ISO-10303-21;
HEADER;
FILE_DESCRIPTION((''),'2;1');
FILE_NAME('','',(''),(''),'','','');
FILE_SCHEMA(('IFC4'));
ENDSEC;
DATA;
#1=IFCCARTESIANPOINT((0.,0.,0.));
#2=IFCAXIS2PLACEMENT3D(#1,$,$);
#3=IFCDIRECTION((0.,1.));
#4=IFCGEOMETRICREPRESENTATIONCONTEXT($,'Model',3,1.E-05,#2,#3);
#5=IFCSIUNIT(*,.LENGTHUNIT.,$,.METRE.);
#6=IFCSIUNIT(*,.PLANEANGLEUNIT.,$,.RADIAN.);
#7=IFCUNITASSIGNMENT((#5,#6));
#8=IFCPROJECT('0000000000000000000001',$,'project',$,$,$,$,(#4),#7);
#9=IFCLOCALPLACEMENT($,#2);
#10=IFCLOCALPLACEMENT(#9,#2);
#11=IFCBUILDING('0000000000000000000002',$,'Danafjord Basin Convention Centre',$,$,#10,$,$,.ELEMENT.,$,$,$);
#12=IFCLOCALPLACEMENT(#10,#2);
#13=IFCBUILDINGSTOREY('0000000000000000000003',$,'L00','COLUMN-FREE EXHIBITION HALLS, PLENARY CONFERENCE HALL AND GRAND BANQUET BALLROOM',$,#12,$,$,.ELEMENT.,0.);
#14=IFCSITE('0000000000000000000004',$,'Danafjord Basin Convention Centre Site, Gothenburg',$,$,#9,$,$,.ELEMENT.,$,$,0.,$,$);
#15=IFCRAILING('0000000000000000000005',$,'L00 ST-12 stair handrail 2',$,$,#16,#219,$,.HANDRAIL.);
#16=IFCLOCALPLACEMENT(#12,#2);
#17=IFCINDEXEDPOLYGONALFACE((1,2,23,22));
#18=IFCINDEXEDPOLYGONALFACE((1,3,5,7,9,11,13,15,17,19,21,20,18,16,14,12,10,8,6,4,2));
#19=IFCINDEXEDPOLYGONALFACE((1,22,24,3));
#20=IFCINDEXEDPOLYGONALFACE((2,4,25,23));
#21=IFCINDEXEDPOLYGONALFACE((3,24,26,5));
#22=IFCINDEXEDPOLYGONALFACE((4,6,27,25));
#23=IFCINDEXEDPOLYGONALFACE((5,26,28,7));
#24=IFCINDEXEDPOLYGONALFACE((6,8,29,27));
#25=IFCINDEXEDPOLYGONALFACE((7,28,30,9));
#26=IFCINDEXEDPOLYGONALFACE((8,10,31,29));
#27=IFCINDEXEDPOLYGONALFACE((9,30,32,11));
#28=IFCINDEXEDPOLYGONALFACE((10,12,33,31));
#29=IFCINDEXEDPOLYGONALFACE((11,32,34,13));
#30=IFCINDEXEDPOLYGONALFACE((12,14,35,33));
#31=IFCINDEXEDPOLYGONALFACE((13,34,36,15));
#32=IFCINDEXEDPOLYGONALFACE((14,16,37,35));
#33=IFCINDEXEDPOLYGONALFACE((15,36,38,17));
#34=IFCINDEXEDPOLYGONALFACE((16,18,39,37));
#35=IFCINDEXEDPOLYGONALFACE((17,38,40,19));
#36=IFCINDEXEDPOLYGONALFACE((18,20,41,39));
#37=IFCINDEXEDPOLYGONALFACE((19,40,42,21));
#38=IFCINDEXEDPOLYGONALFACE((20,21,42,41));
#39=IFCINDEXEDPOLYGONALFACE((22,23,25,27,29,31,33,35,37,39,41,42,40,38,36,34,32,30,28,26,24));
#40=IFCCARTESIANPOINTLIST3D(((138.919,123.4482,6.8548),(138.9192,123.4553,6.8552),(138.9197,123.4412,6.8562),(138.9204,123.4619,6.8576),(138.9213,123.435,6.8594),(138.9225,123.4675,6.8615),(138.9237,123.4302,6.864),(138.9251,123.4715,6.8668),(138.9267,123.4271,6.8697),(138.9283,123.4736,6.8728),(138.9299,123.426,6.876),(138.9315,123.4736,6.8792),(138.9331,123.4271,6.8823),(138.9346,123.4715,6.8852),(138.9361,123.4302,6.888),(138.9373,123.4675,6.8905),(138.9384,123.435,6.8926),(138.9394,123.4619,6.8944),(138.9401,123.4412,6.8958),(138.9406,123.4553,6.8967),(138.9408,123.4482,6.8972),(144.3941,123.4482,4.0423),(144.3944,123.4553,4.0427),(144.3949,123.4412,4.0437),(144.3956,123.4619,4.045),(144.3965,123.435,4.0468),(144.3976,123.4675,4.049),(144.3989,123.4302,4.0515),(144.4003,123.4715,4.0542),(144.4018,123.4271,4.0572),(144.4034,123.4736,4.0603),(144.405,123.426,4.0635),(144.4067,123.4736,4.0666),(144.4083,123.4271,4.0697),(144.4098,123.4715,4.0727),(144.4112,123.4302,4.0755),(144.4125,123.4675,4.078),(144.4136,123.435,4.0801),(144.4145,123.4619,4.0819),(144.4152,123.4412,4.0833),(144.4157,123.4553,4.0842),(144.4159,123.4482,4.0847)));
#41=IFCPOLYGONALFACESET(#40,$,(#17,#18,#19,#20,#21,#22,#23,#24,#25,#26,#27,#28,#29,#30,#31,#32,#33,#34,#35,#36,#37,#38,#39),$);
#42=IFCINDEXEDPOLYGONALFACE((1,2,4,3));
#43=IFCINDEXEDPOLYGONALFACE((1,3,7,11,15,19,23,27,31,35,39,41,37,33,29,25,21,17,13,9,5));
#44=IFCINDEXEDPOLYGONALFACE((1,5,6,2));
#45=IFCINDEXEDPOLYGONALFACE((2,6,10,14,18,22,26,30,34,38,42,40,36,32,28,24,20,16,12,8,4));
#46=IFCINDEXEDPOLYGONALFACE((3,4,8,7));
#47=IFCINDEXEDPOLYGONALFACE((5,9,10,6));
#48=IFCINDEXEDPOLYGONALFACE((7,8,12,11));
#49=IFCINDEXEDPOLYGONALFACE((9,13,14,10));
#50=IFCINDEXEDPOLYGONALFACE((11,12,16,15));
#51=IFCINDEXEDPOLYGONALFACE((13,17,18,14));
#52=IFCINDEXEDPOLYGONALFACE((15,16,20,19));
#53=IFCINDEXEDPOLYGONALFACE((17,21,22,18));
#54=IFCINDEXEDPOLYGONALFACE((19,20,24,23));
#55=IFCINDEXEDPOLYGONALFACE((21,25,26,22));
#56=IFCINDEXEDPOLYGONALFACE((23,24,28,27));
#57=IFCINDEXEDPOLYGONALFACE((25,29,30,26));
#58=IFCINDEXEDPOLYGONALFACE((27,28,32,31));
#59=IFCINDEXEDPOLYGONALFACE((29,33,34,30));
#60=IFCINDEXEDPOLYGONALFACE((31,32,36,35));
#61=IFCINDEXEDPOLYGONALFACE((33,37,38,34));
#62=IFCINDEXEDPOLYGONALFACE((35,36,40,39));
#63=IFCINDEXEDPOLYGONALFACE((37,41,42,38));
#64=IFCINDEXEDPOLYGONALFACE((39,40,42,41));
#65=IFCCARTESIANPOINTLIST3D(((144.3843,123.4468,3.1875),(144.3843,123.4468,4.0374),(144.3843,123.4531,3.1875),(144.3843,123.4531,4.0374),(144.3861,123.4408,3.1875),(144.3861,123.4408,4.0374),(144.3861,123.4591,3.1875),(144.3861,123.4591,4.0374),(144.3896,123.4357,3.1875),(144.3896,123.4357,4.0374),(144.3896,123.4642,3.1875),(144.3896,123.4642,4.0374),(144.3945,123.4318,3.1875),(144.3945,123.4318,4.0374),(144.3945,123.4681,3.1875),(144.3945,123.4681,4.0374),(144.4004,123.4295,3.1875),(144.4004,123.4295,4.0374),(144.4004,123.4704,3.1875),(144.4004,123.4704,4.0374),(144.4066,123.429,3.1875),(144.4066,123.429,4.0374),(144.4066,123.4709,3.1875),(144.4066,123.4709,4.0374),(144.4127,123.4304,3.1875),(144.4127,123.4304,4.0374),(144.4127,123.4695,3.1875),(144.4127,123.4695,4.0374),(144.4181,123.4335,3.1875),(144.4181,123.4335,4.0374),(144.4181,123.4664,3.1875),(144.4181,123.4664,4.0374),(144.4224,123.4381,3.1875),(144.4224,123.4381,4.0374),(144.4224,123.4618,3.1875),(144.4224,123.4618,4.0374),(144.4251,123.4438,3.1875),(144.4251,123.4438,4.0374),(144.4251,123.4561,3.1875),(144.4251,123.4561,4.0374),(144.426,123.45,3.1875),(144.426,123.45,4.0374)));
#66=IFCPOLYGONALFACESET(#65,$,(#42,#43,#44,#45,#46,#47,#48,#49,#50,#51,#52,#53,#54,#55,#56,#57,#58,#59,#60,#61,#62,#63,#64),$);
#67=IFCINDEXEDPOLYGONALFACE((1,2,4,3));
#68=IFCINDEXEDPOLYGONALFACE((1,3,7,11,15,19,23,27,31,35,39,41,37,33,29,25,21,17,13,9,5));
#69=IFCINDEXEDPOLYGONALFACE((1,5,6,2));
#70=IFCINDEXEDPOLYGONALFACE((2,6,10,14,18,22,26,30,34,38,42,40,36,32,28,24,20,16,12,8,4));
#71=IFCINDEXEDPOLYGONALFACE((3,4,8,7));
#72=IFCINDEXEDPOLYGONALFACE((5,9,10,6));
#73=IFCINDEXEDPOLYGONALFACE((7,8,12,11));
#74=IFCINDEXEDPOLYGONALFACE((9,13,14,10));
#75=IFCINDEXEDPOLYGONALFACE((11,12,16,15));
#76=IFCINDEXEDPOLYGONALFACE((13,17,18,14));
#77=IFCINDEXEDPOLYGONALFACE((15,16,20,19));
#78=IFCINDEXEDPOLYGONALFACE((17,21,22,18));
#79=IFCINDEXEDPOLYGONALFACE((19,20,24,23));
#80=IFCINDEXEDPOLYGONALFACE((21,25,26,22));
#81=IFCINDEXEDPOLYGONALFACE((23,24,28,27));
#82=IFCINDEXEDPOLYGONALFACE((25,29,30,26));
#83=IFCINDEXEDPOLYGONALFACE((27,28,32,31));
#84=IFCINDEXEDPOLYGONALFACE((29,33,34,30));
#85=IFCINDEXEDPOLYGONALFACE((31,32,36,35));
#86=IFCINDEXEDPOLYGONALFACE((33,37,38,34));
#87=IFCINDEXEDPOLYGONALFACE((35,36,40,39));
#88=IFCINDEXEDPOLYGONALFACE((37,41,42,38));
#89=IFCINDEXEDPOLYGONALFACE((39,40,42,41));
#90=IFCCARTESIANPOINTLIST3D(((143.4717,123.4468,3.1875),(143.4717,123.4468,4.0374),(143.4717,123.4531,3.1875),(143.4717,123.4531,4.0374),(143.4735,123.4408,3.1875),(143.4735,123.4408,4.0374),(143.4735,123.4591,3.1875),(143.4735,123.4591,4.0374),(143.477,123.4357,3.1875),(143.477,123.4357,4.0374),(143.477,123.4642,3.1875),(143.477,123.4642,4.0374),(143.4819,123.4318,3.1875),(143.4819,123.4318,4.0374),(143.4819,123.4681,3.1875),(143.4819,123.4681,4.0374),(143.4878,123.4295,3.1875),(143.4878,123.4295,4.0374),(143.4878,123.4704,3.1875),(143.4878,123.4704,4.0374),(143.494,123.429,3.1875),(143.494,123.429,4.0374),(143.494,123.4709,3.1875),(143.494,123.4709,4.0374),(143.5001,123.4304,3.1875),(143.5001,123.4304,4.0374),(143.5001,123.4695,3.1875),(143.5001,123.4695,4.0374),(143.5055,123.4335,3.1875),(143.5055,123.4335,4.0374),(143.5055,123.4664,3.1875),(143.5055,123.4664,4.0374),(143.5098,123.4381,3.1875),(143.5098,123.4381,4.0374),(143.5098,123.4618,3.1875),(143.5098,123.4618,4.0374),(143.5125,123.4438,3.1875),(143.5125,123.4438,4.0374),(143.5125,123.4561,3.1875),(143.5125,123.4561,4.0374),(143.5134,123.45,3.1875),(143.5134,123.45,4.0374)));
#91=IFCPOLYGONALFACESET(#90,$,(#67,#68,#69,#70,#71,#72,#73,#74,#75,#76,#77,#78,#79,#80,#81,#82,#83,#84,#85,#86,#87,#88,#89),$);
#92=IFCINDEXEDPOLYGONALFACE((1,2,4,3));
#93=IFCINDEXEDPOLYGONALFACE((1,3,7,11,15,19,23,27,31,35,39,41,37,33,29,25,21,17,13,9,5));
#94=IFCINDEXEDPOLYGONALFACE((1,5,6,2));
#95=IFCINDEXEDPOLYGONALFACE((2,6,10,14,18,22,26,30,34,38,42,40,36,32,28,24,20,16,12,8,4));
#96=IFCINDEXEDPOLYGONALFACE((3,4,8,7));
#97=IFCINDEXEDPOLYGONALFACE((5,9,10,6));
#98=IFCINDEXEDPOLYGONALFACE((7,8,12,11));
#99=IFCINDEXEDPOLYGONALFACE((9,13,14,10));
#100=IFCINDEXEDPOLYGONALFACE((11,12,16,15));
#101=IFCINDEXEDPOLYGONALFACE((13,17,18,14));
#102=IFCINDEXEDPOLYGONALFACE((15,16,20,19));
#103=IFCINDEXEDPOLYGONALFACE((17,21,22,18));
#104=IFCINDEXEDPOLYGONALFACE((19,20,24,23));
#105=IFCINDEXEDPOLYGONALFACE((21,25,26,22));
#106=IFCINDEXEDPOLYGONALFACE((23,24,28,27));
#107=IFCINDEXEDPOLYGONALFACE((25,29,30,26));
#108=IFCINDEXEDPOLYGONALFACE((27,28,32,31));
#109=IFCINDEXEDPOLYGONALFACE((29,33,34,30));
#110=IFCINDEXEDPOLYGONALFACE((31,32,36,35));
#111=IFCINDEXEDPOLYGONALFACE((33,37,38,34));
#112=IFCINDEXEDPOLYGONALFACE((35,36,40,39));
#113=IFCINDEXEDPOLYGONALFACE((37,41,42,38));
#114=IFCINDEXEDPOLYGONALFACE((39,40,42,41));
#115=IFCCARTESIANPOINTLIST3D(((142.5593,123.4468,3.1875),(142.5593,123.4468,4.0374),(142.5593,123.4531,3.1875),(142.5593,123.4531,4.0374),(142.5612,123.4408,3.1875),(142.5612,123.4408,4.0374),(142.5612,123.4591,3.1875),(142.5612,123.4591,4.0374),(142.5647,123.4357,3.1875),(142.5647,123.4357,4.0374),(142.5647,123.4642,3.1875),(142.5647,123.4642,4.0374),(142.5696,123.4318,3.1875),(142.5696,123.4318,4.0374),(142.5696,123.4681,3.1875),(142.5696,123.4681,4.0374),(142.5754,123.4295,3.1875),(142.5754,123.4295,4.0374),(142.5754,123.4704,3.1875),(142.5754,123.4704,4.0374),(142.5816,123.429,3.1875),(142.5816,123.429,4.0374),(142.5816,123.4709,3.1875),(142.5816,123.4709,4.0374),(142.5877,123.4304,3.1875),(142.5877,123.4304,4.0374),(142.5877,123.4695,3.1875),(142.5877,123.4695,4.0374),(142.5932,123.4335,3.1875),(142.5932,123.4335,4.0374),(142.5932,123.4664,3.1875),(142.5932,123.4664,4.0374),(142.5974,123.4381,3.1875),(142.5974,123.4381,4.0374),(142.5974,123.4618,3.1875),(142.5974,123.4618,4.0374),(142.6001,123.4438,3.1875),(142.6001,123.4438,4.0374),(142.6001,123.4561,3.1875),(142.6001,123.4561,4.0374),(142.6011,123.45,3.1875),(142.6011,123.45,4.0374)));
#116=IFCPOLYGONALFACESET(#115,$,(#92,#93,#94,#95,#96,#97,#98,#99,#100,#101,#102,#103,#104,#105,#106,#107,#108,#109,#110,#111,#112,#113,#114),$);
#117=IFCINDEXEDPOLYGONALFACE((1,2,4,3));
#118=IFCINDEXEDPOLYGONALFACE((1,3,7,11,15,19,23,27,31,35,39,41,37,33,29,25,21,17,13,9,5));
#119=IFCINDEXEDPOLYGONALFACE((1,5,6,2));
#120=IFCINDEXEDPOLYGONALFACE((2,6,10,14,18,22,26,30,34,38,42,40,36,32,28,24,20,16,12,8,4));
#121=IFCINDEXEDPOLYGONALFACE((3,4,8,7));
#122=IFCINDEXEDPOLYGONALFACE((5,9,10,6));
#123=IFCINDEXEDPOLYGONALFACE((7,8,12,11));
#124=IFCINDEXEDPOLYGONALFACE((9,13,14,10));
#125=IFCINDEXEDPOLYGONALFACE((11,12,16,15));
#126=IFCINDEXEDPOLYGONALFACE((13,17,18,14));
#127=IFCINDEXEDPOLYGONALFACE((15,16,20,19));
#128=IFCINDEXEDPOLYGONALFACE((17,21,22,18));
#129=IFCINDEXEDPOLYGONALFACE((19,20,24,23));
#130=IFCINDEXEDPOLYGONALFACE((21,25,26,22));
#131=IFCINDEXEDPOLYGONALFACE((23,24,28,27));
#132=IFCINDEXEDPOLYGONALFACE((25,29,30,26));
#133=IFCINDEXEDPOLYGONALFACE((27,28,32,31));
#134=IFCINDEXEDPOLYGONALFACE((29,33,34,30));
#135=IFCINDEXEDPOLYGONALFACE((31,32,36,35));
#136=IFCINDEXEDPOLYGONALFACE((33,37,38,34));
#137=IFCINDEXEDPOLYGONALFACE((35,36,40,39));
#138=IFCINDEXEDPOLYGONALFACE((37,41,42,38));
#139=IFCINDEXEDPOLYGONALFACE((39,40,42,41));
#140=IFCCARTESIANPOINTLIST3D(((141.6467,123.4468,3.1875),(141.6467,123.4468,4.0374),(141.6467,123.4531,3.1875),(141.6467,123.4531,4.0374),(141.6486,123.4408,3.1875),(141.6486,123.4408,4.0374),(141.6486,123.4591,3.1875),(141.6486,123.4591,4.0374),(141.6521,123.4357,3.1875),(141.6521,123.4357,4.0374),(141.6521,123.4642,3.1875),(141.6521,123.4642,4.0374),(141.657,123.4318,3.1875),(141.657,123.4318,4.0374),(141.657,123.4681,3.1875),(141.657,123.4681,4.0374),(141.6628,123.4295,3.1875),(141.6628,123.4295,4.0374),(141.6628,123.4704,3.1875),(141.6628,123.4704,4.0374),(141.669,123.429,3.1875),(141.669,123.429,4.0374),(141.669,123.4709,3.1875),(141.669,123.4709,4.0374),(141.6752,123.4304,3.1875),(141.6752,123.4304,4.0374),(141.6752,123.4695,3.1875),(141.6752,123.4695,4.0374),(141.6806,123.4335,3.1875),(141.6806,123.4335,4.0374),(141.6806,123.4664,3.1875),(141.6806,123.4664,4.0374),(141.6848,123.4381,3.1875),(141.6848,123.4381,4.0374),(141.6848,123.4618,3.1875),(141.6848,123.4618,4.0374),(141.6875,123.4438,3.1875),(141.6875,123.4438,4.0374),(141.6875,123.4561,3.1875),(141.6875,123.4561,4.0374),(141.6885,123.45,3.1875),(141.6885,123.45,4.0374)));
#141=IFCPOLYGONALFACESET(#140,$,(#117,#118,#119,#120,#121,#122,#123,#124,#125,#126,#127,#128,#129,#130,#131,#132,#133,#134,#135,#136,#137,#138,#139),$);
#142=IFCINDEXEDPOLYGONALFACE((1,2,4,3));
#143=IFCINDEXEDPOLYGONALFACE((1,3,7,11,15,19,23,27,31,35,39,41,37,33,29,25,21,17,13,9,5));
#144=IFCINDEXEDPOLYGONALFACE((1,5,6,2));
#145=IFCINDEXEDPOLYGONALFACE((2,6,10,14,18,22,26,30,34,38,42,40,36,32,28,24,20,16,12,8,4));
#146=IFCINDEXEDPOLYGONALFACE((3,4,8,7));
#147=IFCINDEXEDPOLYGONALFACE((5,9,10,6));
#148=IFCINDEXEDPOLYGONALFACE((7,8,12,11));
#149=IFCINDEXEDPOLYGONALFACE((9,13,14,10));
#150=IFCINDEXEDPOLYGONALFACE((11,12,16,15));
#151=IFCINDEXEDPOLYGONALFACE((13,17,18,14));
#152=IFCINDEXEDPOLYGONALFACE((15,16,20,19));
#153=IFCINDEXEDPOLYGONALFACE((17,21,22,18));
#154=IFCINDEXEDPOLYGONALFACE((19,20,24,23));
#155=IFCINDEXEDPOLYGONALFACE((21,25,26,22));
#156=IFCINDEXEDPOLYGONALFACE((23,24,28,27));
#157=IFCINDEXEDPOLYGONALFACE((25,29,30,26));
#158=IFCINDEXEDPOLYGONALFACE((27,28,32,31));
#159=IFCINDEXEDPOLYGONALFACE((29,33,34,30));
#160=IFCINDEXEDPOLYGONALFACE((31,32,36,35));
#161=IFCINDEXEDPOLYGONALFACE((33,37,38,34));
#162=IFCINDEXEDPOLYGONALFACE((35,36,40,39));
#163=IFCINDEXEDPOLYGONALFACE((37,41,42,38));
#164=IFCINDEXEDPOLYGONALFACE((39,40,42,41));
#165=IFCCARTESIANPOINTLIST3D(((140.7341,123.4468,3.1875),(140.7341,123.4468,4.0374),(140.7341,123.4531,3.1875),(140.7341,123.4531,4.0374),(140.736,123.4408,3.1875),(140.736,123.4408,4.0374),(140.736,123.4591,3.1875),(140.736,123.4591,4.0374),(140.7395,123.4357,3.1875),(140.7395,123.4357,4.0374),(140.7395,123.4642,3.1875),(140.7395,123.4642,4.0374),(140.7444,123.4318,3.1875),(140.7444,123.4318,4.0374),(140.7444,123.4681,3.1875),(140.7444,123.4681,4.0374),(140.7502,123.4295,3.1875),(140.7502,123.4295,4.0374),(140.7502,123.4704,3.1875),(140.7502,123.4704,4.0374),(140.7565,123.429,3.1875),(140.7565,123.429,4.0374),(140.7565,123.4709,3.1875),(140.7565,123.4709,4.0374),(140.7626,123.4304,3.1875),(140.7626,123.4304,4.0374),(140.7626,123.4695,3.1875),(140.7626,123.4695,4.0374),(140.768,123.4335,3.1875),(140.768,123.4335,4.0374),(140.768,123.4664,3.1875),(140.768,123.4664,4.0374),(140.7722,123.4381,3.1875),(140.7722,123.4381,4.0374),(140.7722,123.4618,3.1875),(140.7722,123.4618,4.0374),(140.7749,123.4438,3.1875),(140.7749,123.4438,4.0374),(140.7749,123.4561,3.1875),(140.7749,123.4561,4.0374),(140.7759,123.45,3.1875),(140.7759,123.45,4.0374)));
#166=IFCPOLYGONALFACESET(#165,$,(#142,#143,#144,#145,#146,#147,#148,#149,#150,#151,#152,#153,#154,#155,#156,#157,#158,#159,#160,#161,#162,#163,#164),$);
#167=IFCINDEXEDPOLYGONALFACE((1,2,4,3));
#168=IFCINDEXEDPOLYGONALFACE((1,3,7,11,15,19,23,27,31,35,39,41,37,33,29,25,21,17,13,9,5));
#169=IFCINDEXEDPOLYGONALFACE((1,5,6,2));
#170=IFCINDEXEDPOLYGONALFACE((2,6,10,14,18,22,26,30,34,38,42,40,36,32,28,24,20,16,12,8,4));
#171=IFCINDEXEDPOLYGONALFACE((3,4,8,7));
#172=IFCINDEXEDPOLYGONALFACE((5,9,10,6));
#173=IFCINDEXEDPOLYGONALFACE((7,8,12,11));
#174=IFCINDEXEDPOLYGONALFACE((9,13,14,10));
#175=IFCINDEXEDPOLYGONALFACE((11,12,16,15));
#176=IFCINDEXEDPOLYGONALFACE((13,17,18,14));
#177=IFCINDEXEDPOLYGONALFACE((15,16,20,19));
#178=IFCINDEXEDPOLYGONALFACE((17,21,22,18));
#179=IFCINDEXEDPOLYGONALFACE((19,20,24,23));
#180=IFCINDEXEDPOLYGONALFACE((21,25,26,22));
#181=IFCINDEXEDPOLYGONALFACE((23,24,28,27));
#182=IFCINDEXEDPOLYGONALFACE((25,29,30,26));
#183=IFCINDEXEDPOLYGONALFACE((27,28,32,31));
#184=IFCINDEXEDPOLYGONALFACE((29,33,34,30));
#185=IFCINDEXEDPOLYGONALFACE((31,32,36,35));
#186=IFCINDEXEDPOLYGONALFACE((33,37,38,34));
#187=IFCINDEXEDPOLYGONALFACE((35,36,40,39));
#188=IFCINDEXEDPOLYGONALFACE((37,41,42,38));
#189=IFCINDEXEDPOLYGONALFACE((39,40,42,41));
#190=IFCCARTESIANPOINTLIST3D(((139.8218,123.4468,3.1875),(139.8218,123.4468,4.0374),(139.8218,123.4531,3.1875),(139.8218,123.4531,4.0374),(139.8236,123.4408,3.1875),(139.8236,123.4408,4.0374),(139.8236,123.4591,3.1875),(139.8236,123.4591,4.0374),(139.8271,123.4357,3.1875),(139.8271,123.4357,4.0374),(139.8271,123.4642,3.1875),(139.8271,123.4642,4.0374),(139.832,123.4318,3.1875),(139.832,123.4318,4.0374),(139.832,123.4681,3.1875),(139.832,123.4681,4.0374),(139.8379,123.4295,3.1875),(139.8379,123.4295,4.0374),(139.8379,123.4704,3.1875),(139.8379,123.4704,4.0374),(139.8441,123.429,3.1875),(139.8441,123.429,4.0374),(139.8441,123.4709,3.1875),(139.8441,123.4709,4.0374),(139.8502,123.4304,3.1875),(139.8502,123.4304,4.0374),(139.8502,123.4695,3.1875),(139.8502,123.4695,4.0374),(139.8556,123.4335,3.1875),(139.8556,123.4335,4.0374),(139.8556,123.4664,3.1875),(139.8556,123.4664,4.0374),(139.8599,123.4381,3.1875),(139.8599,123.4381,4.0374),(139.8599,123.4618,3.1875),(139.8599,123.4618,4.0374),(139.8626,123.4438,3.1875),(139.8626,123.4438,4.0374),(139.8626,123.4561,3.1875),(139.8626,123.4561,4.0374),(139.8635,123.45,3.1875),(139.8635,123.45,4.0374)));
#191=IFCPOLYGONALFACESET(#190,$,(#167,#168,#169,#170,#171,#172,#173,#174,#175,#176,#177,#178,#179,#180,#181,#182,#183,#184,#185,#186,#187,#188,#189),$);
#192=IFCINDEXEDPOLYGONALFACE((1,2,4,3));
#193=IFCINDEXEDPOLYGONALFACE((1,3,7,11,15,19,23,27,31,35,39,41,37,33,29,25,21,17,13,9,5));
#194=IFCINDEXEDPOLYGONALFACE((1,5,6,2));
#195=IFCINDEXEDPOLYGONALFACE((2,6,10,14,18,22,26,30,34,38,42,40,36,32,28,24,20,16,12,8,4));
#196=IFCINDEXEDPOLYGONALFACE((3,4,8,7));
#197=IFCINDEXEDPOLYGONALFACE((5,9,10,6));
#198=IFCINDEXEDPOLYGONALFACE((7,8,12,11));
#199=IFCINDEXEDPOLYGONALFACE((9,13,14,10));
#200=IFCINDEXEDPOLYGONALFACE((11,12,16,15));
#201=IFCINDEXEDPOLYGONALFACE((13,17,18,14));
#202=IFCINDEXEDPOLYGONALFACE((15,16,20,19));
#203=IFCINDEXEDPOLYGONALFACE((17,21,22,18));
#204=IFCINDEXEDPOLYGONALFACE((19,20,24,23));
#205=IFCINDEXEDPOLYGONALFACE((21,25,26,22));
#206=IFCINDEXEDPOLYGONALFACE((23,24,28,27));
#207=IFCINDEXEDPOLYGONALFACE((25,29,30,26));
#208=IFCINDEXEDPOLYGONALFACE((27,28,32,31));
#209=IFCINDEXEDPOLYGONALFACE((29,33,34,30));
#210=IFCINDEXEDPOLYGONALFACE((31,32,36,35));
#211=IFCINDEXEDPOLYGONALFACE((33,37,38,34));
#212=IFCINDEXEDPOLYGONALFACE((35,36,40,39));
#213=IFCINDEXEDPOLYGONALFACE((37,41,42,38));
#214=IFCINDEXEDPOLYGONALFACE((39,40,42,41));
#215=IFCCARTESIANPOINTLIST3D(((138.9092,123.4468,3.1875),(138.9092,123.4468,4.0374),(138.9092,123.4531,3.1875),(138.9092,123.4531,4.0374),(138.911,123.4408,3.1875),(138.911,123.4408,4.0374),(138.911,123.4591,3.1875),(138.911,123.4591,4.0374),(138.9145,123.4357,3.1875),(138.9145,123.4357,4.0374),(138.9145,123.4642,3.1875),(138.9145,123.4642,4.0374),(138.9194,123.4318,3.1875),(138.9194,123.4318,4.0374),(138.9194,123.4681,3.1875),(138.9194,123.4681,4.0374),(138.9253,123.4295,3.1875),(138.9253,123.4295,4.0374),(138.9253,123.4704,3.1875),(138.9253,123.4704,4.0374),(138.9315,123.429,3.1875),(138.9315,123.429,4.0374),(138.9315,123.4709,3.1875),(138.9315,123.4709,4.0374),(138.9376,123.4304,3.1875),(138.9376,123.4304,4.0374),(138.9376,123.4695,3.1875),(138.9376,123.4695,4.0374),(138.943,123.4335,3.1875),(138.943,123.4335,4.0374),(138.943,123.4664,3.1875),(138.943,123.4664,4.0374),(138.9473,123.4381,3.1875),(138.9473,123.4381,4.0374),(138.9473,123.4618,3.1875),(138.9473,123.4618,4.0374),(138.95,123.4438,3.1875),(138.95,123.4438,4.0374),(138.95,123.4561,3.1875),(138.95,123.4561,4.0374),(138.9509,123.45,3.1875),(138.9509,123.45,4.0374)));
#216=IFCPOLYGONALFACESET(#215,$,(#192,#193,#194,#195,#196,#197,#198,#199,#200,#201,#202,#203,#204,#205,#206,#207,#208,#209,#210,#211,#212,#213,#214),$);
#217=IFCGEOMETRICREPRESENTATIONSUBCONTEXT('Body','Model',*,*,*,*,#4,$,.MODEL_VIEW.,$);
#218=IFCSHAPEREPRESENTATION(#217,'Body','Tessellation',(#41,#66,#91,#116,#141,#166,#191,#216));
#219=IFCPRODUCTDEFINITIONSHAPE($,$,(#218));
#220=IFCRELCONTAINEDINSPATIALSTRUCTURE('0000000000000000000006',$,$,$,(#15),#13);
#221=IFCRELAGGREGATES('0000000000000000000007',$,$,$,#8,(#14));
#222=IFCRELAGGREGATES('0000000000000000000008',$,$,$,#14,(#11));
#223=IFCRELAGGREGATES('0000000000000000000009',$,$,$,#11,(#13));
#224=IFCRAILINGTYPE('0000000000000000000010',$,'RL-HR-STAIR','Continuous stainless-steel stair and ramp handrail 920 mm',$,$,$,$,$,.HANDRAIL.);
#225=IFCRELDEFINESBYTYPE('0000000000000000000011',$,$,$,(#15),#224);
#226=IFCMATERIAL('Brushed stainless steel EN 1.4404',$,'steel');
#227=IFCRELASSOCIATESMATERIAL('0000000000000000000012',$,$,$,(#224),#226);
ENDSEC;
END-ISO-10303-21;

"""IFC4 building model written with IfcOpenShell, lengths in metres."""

from ifc_helpers import new_model, si_unit, direction, frame, origin, origin_2d, place, context, subcontext, project, spatial, circle, extrude, material, type_object, element, save


model = new_model("IFC4")

# Units and contexts
model_context = context("Model", 3, precision=1e-05, world=origin(), true_north=direction((0.0, 1.0)))
body_context = subcontext(model_context, "Body", "Model", "MODEL_VIEW")
ifc_project = project(units=[si_unit("LENGTHUNIT", "METRE"), si_unit("PLANEANGLEUNIT", "RADIAN")], contexts=[model_context])

# Site, building, storey
site_placement = place(None, origin())
site = spatial("IfcSite", under=ifc_project, at=site_placement, Name="Danafjord Basin Convention Centre Site, Gothenburg", CompositionType="ELEMENT", RefElevation=0.0)
building_placement = place(site_placement, origin())
building = spatial("IfcBuilding", under=site, at=building_placement, Name="Danafjord Basin Convention Centre", CompositionType="ELEMENT")
storey_placement = place(building_placement, origin())
storey = spatial("IfcBuildingStorey", under=building, at=storey_placement, Name="L00", Description="COLUMN-FREE EXHIBITION HALLS, PLENARY CONFERENCE HALL AND GRAND BANQUET BALLROOM", CompositionType="ELEMENT", Elevation=0.0)

# Railing
ifc_material_1 = material(Name="Brushed stainless steel EN 1.4404", Category="steel")
railing_type_1 = type_object("IfcRailingType", Name="RL-HR-STAIR", Description="Continuous stainless-steel stair and ramp handrail 920 mm", PredefinedType="HANDRAIL", material=ifc_material_1)
railing_1_placement = place(storey_placement, frame((144.405, 123.45, 3.1875)))
element("IfcRailing", 1, at=railing_1_placement, inside=storey, type_object=railing_type_1, Name="L00 ST-12 stair handrail 2", PredefinedType="HANDRAIL", context=body_context, shape_type="SweptSolid", body=[
    extrude(circle(Radius=0.0239, at=origin_2d()), frame((0.0, 0.0, 0.876), z_axis=(-0.889503, 0.0, 0.456929), x_axis=(0.0, -1.0, 0.0)), (0.0, 0.0, 1.0), 6.1553),
    extrude(circle(Radius=0.021, at=origin_2d()), origin(), (0.0, 0.0, 1.0), 0.8499),
    extrude(circle(Radius=0.021, at=origin_2d()), frame((-0.9126, 0.0, 0.0)), (0.0, 0.0, 1.0), 0.8499),
    extrude(circle(Radius=0.021, at=origin_2d()), frame((-1.825, 0.0, 0.0)), (0.0, 0.0, 1.0), 0.8499),
    extrude(circle(Radius=0.021, at=origin_2d()), frame((-2.7375, 0.0, 0.0)), (0.0, 0.0, 1.0), 0.8499),
    extrude(circle(Radius=0.021, at=origin_2d()), frame((-3.6501, 0.0, 0.0)), (0.0, 0.0, 1.0), 0.8499),
    extrude(circle(Radius=0.021, at=origin_2d()), frame((-4.5625, 0.0, 0.0)), (0.0, 0.0, 1.0), 0.8499),
    extrude(circle(Radius=0.021, at=origin_2d()), frame((-5.4751, 0.0, 0.0)), (0.0, 0.0, 1.0), 0.8499),
])

save(model, "model.ifc")
